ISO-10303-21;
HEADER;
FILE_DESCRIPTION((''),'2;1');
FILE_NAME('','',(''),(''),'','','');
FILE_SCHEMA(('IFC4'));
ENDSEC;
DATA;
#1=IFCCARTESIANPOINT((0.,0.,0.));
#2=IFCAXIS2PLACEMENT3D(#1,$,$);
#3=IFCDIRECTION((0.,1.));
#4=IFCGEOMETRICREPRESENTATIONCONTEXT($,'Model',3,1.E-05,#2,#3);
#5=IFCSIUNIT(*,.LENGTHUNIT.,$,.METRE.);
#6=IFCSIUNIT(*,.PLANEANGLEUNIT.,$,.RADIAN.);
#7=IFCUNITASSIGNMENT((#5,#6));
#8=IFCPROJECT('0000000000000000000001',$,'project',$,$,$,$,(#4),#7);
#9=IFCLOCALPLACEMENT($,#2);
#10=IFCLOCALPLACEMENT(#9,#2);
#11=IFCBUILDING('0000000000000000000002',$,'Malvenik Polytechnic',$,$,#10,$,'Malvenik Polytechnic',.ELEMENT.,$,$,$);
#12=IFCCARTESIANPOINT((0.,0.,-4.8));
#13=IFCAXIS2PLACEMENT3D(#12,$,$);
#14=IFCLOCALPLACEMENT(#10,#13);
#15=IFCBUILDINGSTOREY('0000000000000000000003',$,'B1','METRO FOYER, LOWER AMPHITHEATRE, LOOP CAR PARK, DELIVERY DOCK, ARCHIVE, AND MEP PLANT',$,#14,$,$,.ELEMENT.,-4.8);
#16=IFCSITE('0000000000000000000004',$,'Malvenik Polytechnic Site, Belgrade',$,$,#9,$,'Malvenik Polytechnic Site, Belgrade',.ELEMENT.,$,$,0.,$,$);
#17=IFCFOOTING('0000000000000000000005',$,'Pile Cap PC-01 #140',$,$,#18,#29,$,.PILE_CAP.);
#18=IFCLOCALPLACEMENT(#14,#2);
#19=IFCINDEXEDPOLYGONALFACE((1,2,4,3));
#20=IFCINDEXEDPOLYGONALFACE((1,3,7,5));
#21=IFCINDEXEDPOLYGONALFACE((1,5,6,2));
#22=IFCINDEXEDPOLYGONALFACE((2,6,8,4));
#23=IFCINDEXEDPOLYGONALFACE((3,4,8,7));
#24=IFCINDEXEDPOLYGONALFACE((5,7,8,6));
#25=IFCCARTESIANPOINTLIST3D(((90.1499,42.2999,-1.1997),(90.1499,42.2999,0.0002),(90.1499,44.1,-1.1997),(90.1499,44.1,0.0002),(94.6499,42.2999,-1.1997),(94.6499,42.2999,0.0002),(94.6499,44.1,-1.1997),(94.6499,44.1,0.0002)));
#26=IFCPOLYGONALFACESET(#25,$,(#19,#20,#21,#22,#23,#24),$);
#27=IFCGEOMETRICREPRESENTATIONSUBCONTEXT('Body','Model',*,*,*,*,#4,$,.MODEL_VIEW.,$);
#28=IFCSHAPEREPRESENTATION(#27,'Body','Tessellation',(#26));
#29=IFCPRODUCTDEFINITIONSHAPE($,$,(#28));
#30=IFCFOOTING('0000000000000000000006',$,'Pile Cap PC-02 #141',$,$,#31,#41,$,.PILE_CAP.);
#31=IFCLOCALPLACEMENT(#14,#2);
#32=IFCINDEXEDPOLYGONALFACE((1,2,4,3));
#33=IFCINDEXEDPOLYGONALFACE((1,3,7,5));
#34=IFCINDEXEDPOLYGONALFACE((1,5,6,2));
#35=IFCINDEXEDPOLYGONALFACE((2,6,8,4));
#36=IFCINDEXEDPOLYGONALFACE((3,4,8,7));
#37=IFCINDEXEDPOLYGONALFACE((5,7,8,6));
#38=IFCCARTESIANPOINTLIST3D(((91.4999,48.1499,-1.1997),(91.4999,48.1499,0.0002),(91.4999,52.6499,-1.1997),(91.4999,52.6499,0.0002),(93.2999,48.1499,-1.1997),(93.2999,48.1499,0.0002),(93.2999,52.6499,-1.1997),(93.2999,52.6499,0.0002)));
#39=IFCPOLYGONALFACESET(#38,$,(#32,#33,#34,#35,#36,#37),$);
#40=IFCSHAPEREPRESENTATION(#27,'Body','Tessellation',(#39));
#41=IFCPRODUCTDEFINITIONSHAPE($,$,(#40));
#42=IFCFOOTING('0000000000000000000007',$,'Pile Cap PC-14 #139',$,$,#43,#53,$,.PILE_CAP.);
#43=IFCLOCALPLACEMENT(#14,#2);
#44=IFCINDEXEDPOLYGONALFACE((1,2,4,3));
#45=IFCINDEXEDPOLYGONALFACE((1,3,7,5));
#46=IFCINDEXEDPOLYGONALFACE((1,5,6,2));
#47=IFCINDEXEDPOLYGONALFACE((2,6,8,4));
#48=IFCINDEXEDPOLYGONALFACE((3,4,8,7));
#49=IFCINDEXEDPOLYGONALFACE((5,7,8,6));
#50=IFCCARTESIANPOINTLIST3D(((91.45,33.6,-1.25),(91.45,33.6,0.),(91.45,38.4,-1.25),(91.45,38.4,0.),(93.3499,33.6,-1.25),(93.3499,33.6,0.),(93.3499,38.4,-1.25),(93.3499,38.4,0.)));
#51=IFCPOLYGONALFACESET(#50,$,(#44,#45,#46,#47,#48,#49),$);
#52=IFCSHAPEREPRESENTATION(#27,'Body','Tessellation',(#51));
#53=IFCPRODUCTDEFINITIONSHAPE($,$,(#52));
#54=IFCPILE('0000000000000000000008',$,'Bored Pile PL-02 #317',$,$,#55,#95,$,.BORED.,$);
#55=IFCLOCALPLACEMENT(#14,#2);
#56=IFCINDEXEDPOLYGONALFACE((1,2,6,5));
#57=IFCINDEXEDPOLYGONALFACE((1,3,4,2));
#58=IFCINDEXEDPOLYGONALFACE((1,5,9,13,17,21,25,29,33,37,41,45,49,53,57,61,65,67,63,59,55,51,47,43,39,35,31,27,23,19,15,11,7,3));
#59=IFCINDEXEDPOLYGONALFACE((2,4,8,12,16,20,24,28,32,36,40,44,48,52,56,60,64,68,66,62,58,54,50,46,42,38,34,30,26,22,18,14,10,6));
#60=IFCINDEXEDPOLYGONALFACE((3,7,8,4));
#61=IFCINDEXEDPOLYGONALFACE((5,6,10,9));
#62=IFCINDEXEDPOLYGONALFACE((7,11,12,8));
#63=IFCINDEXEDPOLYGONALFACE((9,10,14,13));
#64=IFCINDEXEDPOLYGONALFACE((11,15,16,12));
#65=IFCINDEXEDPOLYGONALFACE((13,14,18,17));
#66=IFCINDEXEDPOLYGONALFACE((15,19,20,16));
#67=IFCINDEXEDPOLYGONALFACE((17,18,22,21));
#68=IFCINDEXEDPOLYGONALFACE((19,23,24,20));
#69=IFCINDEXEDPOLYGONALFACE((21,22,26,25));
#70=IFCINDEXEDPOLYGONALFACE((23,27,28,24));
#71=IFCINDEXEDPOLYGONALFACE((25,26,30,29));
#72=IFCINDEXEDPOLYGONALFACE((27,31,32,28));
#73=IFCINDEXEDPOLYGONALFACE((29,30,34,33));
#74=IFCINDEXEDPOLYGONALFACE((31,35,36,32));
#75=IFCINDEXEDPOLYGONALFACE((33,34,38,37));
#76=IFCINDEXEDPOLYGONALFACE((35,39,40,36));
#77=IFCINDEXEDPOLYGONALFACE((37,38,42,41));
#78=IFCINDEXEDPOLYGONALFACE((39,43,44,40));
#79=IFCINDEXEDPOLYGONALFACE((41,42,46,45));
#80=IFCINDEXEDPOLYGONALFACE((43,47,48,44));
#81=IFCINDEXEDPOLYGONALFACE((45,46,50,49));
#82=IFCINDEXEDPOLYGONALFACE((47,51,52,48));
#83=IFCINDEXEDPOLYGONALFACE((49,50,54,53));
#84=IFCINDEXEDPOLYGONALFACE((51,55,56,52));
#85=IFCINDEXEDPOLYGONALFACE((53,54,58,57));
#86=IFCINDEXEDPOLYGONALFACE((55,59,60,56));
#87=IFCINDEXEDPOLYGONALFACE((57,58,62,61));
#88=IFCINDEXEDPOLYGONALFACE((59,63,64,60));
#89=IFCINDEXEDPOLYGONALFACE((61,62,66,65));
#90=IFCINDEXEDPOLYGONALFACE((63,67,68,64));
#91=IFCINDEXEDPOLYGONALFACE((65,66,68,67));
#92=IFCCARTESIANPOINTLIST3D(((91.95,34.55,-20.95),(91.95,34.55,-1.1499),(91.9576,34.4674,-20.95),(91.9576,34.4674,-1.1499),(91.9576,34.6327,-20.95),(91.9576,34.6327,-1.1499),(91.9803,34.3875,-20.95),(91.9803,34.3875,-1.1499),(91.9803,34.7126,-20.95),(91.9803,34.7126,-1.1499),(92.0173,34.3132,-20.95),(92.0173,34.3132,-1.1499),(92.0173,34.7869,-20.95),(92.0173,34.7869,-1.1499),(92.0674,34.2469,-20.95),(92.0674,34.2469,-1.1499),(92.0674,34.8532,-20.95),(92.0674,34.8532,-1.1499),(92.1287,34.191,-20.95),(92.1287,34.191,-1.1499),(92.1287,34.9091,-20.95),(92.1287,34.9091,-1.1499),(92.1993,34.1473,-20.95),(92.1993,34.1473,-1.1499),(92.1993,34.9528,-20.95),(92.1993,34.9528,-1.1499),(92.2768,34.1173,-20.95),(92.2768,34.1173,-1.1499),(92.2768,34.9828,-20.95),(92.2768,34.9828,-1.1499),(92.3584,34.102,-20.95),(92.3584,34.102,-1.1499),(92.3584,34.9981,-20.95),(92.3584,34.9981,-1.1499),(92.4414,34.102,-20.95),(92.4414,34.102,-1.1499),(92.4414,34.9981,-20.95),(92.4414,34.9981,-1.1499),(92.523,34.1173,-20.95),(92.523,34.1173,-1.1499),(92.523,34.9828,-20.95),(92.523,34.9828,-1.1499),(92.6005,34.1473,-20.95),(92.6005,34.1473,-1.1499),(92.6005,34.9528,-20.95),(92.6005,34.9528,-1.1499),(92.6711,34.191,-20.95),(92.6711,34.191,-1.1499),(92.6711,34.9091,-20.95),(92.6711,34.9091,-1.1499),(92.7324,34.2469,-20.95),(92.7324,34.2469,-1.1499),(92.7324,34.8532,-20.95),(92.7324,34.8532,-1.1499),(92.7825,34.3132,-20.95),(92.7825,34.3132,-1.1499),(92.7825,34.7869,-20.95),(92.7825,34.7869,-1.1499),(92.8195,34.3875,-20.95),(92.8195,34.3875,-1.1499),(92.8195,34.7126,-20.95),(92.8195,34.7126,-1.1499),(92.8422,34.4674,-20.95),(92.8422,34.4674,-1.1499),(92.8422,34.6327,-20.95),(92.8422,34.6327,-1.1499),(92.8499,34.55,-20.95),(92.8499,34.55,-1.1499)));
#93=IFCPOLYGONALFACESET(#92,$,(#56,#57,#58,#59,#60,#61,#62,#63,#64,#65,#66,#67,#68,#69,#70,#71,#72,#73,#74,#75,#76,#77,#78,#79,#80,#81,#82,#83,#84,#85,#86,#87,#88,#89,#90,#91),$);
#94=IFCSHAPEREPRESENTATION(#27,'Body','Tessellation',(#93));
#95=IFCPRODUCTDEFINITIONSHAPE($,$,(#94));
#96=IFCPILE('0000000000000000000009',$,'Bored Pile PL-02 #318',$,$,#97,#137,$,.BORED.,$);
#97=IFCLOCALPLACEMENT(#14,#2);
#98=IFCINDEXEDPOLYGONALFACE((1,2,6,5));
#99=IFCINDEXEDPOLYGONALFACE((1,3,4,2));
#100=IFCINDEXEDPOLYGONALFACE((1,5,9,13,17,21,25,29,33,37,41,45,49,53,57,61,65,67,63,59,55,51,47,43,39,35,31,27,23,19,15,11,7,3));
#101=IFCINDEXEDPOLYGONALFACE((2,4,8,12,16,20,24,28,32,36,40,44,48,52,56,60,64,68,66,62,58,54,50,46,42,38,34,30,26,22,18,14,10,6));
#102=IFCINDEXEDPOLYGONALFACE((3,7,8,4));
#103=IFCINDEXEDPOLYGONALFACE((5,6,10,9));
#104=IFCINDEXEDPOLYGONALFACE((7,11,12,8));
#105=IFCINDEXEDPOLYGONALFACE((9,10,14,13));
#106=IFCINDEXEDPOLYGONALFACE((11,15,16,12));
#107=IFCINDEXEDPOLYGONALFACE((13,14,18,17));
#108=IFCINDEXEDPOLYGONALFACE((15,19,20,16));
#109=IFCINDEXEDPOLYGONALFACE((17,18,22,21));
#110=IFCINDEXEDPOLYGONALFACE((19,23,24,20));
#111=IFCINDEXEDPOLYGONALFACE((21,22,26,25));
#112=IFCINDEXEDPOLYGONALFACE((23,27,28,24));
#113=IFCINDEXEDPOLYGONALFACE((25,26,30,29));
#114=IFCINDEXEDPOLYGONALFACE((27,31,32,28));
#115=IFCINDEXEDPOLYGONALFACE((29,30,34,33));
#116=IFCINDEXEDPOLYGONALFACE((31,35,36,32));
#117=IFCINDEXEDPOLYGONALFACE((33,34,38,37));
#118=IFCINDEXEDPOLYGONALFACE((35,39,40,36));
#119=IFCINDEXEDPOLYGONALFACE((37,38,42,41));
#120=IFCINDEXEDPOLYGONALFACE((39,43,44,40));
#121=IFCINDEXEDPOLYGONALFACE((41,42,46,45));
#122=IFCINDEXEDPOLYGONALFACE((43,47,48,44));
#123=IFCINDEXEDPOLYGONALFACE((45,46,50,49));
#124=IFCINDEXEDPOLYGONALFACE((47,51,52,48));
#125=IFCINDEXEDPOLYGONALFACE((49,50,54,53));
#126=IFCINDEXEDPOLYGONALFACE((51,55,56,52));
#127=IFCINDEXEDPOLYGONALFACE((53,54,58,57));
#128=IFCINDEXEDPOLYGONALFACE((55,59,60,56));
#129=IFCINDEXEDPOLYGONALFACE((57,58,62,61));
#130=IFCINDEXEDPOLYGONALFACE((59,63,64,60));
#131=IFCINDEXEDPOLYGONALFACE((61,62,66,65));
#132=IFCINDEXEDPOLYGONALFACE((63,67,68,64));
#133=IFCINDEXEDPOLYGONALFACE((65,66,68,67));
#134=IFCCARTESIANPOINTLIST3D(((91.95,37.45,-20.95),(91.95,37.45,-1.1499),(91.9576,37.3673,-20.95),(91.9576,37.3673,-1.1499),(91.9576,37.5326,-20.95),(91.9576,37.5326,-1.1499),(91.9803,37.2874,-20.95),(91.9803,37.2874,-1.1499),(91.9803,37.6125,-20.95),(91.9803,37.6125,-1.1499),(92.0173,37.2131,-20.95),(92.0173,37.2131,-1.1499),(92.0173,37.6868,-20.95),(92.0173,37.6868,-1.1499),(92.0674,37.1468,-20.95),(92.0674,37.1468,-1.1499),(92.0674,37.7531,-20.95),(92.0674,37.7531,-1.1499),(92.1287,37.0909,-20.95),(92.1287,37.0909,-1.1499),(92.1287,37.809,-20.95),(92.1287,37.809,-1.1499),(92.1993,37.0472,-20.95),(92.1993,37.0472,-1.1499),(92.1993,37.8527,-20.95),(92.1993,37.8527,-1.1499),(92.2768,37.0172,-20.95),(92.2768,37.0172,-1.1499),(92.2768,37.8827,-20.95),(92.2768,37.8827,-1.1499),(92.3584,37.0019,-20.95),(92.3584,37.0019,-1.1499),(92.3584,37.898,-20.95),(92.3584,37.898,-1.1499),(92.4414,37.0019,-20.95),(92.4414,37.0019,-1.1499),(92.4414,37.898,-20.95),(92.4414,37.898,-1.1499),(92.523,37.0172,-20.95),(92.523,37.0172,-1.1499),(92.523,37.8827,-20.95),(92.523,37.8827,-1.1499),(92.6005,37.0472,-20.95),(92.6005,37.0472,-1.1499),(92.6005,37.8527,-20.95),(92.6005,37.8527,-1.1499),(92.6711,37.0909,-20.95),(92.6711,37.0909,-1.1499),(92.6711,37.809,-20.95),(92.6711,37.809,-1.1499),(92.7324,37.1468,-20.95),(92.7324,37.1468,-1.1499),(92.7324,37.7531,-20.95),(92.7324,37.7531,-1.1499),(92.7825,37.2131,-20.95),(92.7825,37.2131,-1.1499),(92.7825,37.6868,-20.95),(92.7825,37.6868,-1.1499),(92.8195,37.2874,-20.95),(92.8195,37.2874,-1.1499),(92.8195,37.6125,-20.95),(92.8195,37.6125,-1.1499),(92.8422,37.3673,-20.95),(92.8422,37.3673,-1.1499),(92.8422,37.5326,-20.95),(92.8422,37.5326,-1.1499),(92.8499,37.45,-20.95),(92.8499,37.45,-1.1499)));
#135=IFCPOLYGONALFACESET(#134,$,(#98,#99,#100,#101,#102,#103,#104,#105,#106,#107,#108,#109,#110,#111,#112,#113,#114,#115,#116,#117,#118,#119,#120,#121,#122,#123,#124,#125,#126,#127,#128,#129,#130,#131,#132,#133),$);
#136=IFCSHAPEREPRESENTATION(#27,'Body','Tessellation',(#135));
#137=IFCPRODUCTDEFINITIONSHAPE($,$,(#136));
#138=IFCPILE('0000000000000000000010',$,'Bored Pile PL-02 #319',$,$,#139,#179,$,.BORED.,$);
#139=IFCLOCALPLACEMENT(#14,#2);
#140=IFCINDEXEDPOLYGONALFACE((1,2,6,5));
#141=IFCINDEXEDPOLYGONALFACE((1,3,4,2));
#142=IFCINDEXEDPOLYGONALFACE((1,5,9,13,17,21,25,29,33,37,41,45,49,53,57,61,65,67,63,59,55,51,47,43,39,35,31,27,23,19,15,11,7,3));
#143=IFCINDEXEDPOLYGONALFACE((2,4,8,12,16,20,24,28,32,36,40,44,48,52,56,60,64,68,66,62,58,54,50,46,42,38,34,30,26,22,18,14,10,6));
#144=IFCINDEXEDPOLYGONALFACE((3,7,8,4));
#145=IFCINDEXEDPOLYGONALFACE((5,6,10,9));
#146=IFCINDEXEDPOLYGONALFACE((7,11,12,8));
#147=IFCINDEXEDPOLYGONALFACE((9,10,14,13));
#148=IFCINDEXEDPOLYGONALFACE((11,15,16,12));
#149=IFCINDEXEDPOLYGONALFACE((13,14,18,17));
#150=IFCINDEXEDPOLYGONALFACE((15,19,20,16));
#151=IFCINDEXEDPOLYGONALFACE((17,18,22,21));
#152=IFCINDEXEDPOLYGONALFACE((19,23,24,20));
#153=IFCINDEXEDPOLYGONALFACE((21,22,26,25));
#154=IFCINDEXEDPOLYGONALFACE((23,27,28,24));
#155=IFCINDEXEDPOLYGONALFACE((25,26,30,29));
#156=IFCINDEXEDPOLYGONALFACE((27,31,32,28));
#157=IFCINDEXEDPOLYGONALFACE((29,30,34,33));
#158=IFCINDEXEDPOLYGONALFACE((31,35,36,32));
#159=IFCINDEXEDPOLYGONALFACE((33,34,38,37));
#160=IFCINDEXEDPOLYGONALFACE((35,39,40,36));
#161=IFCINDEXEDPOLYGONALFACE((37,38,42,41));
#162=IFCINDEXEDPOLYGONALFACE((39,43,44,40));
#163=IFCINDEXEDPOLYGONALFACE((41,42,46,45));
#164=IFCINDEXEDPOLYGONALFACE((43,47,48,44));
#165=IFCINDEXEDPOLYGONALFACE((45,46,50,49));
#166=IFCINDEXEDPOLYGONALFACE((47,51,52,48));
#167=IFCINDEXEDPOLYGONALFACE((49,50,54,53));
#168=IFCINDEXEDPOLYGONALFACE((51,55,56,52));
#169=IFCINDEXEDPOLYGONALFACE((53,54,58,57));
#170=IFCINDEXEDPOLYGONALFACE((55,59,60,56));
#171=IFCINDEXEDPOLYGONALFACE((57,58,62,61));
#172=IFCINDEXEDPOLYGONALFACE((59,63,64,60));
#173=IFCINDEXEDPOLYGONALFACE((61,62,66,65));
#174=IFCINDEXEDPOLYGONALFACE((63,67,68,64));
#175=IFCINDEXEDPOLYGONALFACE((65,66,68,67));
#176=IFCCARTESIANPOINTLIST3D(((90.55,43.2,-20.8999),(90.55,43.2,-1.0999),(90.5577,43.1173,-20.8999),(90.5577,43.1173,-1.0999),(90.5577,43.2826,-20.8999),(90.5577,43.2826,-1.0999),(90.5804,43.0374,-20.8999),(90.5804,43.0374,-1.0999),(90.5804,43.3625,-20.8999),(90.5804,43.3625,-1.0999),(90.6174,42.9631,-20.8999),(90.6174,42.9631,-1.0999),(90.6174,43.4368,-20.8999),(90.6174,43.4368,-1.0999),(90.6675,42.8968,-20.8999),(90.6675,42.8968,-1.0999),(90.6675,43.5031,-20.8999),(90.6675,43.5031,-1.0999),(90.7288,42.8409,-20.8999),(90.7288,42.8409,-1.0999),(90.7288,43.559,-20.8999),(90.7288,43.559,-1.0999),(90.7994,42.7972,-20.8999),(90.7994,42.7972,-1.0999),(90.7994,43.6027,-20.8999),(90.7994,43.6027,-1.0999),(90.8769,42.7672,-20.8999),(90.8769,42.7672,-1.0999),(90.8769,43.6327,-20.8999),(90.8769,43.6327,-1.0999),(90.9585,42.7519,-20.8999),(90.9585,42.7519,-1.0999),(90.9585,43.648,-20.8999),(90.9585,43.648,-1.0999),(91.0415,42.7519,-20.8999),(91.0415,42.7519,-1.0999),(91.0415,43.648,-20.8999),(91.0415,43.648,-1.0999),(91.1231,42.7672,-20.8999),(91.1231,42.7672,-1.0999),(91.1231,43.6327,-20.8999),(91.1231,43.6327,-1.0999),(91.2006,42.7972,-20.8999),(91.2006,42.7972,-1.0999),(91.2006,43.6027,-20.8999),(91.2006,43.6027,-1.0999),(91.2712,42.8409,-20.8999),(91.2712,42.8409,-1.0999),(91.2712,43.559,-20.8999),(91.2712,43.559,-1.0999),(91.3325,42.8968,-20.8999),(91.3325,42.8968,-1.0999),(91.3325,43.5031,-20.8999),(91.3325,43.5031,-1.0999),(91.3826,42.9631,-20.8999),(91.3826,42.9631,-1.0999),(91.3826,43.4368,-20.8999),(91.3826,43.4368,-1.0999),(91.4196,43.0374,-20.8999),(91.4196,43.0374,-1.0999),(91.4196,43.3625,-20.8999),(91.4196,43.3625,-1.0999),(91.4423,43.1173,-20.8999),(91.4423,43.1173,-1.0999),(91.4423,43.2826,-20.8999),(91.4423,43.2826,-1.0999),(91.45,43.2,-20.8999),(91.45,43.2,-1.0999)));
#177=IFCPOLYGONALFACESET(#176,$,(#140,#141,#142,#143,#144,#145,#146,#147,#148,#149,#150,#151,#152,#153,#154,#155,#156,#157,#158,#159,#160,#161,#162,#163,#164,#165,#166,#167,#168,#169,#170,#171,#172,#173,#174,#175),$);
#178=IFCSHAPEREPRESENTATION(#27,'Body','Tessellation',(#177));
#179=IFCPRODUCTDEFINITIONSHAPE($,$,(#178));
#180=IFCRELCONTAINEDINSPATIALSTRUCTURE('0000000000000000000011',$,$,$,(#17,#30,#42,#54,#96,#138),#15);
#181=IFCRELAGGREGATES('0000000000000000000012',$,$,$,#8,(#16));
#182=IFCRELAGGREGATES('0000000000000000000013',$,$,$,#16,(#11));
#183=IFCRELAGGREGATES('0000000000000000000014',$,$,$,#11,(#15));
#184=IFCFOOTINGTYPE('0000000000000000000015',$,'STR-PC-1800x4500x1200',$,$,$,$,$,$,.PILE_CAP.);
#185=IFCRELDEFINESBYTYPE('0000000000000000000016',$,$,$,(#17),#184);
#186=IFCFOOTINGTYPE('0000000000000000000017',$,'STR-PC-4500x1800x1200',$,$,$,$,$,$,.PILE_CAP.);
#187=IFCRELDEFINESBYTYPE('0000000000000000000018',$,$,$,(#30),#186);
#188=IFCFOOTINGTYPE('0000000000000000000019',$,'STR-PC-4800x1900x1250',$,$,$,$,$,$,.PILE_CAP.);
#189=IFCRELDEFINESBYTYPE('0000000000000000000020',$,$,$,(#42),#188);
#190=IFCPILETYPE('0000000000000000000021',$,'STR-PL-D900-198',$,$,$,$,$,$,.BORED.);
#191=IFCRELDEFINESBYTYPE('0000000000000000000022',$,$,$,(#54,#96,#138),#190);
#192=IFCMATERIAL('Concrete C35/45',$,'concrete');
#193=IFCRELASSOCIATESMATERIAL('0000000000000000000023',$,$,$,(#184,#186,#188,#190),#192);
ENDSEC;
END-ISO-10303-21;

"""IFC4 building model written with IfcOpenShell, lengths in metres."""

from ifc_helpers import new_model, si_unit, direction, frame, origin, origin_2d, place, context, subcontext, project, spatial, rectangle, circle, extrude, material, material_profile, profile_set, type_object, element, save


model = new_model("IFC4")

# Units and contexts
model_context = context("Model", 3, precision=1e-05, world=origin(), true_north=direction((0.0, 1.0)))
body_context = subcontext(model_context, "Body", "Model", "MODEL_VIEW")
ifc_project = project(units=[si_unit("LENGTHUNIT", "METRE"), si_unit("PLANEANGLEUNIT", "RADIAN")], contexts=[model_context])

# Site, building, storey
site_placement = place(None, origin())
site = spatial("IfcSite", under=ifc_project, at=site_placement, Name="Malvenik Polytechnic Site, Belgrade", LongName="Malvenik Polytechnic Site, Belgrade", CompositionType="ELEMENT", RefElevation=0.0)
building_placement = place(site_placement, origin())
building = spatial("IfcBuilding", under=site, at=building_placement, Name="Malvenik Polytechnic", LongName="Malvenik Polytechnic", CompositionType="ELEMENT")
storey_placement = place(building_placement, frame((0.0, 0.0, -4.8)))
storey = spatial("IfcBuildingStorey", under=building, at=storey_placement, Name="B1", Description="METRO FOYER, LOWER AMPHITHEATRE, LOOP CAR PARK, DELIVERY DOCK, ARCHIVE, AND MEP PLANT", CompositionType="ELEMENT", Elevation=-4.8)

# Footings
ifc_material_1 = material(Name="Concrete C35/45", Category="concrete")
footing_type_1 = type_object("IfcFootingType", Name="STR-PC-1800x4500x1200", PredefinedType="PILE_CAP", material=ifc_material_1)
footing_1_placement = place(storey_placement, frame((92.3999, 43.2, -1.1997), z_axis=(0.0, 0.0, 1.0), x_axis=(1.0, 0.0, 0.0)))
element("IfcFooting", 1, at=footing_1_placement, inside=storey, type_object=footing_type_1, Name="Pile Cap PC-01 #140", PredefinedType="PILE_CAP", context=body_context, shape_type="SweptSolid", body=[
    extrude(rectangle(XDim=4.5, YDim=1.8, at=origin_2d()), origin(), (0.0, 0.0, 1.0), 1.2),
])
footing_type_2 = type_object("IfcFootingType", Name="STR-PC-4500x1800x1200", PredefinedType="PILE_CAP", material=ifc_material_1)
footing_2_placement = place(storey_placement, frame((92.3999, 50.3999, -1.1997), z_axis=(0.0, 0.0, 1.0), x_axis=(1.0, 0.0, 0.0)))
element("IfcFooting", 2, at=footing_2_placement, inside=storey, type_object=footing_type_2, Name="Pile Cap PC-02 #141", PredefinedType="PILE_CAP", context=body_context, shape_type="SweptSolid", body=[
    extrude(rectangle(XDim=1.8, YDim=4.5, at=origin_2d()), origin(), (0.0, 0.0, 1.0), 1.2),
])
footing_type_3 = type_object("IfcFootingType", Name="STR-PC-4800x1900x1250", PredefinedType="PILE_CAP", material=ifc_material_1)
footing_3_placement = place(storey_placement, frame((92.3999, 36.0, -1.25), z_axis=(0.0, 0.0, 1.0), x_axis=(1.0, 0.0, 0.0)))
element("IfcFooting", 3, at=footing_3_placement, inside=storey, type_object=footing_type_3, Name="Pile Cap PC-14 #139", PredefinedType="PILE_CAP", context=body_context, shape_type="SweptSolid", body=[
    extrude(rectangle(XDim=1.8999, YDim=4.8, at=origin_2d()), origin(), (0.0, 0.0, 1.0), 1.25),
])

# Piles
ifc_material_profile_1 = material_profile(ifc_material_1, circle(Radius=0.45, at=origin_2d()), Name="BORED PILE D900")
ifc_profile_set_1 = profile_set([ifc_material_profile_1], Name="Concrete C35/45")
pile_type = type_object("IfcPileType", Name="STR-PL-D900-198", PredefinedType="BORED", material=ifc_profile_set_1)
for number, where, z_axis, x_axis, name in (
    (4, (92.3999, 34.55, -1.1499), (0.0, 0.0, -1.0), (1.0, 0.0, 0.0), "Bored Pile PL-02 #317"),
    (5, (92.3999, 37.45, -1.1499), (0.0, 0.0, -1.0), (1.0, 0.0, 0.0), "Bored Pile PL-02 #318"),
    (6, (91.0, 43.2, -1.0999), (0.0, 0.0, -1.0), (1.0, 0.0, 0.0), "Bored Pile PL-02 #319"),
):
    element("IfcPile", number, at=place(storey_placement, frame(where, z_axis=z_axis, x_axis=x_axis)), inside=storey, type_object=pile_type, Name=name, PredefinedType="BORED", context=body_context, shape_type="SweptSolid", body=[
        extrude(circle(Radius=0.45, at=origin_2d()), origin(), (0.0, 0.0, 1.0), 19.8),
    ])

save(model, "model.ifc")
